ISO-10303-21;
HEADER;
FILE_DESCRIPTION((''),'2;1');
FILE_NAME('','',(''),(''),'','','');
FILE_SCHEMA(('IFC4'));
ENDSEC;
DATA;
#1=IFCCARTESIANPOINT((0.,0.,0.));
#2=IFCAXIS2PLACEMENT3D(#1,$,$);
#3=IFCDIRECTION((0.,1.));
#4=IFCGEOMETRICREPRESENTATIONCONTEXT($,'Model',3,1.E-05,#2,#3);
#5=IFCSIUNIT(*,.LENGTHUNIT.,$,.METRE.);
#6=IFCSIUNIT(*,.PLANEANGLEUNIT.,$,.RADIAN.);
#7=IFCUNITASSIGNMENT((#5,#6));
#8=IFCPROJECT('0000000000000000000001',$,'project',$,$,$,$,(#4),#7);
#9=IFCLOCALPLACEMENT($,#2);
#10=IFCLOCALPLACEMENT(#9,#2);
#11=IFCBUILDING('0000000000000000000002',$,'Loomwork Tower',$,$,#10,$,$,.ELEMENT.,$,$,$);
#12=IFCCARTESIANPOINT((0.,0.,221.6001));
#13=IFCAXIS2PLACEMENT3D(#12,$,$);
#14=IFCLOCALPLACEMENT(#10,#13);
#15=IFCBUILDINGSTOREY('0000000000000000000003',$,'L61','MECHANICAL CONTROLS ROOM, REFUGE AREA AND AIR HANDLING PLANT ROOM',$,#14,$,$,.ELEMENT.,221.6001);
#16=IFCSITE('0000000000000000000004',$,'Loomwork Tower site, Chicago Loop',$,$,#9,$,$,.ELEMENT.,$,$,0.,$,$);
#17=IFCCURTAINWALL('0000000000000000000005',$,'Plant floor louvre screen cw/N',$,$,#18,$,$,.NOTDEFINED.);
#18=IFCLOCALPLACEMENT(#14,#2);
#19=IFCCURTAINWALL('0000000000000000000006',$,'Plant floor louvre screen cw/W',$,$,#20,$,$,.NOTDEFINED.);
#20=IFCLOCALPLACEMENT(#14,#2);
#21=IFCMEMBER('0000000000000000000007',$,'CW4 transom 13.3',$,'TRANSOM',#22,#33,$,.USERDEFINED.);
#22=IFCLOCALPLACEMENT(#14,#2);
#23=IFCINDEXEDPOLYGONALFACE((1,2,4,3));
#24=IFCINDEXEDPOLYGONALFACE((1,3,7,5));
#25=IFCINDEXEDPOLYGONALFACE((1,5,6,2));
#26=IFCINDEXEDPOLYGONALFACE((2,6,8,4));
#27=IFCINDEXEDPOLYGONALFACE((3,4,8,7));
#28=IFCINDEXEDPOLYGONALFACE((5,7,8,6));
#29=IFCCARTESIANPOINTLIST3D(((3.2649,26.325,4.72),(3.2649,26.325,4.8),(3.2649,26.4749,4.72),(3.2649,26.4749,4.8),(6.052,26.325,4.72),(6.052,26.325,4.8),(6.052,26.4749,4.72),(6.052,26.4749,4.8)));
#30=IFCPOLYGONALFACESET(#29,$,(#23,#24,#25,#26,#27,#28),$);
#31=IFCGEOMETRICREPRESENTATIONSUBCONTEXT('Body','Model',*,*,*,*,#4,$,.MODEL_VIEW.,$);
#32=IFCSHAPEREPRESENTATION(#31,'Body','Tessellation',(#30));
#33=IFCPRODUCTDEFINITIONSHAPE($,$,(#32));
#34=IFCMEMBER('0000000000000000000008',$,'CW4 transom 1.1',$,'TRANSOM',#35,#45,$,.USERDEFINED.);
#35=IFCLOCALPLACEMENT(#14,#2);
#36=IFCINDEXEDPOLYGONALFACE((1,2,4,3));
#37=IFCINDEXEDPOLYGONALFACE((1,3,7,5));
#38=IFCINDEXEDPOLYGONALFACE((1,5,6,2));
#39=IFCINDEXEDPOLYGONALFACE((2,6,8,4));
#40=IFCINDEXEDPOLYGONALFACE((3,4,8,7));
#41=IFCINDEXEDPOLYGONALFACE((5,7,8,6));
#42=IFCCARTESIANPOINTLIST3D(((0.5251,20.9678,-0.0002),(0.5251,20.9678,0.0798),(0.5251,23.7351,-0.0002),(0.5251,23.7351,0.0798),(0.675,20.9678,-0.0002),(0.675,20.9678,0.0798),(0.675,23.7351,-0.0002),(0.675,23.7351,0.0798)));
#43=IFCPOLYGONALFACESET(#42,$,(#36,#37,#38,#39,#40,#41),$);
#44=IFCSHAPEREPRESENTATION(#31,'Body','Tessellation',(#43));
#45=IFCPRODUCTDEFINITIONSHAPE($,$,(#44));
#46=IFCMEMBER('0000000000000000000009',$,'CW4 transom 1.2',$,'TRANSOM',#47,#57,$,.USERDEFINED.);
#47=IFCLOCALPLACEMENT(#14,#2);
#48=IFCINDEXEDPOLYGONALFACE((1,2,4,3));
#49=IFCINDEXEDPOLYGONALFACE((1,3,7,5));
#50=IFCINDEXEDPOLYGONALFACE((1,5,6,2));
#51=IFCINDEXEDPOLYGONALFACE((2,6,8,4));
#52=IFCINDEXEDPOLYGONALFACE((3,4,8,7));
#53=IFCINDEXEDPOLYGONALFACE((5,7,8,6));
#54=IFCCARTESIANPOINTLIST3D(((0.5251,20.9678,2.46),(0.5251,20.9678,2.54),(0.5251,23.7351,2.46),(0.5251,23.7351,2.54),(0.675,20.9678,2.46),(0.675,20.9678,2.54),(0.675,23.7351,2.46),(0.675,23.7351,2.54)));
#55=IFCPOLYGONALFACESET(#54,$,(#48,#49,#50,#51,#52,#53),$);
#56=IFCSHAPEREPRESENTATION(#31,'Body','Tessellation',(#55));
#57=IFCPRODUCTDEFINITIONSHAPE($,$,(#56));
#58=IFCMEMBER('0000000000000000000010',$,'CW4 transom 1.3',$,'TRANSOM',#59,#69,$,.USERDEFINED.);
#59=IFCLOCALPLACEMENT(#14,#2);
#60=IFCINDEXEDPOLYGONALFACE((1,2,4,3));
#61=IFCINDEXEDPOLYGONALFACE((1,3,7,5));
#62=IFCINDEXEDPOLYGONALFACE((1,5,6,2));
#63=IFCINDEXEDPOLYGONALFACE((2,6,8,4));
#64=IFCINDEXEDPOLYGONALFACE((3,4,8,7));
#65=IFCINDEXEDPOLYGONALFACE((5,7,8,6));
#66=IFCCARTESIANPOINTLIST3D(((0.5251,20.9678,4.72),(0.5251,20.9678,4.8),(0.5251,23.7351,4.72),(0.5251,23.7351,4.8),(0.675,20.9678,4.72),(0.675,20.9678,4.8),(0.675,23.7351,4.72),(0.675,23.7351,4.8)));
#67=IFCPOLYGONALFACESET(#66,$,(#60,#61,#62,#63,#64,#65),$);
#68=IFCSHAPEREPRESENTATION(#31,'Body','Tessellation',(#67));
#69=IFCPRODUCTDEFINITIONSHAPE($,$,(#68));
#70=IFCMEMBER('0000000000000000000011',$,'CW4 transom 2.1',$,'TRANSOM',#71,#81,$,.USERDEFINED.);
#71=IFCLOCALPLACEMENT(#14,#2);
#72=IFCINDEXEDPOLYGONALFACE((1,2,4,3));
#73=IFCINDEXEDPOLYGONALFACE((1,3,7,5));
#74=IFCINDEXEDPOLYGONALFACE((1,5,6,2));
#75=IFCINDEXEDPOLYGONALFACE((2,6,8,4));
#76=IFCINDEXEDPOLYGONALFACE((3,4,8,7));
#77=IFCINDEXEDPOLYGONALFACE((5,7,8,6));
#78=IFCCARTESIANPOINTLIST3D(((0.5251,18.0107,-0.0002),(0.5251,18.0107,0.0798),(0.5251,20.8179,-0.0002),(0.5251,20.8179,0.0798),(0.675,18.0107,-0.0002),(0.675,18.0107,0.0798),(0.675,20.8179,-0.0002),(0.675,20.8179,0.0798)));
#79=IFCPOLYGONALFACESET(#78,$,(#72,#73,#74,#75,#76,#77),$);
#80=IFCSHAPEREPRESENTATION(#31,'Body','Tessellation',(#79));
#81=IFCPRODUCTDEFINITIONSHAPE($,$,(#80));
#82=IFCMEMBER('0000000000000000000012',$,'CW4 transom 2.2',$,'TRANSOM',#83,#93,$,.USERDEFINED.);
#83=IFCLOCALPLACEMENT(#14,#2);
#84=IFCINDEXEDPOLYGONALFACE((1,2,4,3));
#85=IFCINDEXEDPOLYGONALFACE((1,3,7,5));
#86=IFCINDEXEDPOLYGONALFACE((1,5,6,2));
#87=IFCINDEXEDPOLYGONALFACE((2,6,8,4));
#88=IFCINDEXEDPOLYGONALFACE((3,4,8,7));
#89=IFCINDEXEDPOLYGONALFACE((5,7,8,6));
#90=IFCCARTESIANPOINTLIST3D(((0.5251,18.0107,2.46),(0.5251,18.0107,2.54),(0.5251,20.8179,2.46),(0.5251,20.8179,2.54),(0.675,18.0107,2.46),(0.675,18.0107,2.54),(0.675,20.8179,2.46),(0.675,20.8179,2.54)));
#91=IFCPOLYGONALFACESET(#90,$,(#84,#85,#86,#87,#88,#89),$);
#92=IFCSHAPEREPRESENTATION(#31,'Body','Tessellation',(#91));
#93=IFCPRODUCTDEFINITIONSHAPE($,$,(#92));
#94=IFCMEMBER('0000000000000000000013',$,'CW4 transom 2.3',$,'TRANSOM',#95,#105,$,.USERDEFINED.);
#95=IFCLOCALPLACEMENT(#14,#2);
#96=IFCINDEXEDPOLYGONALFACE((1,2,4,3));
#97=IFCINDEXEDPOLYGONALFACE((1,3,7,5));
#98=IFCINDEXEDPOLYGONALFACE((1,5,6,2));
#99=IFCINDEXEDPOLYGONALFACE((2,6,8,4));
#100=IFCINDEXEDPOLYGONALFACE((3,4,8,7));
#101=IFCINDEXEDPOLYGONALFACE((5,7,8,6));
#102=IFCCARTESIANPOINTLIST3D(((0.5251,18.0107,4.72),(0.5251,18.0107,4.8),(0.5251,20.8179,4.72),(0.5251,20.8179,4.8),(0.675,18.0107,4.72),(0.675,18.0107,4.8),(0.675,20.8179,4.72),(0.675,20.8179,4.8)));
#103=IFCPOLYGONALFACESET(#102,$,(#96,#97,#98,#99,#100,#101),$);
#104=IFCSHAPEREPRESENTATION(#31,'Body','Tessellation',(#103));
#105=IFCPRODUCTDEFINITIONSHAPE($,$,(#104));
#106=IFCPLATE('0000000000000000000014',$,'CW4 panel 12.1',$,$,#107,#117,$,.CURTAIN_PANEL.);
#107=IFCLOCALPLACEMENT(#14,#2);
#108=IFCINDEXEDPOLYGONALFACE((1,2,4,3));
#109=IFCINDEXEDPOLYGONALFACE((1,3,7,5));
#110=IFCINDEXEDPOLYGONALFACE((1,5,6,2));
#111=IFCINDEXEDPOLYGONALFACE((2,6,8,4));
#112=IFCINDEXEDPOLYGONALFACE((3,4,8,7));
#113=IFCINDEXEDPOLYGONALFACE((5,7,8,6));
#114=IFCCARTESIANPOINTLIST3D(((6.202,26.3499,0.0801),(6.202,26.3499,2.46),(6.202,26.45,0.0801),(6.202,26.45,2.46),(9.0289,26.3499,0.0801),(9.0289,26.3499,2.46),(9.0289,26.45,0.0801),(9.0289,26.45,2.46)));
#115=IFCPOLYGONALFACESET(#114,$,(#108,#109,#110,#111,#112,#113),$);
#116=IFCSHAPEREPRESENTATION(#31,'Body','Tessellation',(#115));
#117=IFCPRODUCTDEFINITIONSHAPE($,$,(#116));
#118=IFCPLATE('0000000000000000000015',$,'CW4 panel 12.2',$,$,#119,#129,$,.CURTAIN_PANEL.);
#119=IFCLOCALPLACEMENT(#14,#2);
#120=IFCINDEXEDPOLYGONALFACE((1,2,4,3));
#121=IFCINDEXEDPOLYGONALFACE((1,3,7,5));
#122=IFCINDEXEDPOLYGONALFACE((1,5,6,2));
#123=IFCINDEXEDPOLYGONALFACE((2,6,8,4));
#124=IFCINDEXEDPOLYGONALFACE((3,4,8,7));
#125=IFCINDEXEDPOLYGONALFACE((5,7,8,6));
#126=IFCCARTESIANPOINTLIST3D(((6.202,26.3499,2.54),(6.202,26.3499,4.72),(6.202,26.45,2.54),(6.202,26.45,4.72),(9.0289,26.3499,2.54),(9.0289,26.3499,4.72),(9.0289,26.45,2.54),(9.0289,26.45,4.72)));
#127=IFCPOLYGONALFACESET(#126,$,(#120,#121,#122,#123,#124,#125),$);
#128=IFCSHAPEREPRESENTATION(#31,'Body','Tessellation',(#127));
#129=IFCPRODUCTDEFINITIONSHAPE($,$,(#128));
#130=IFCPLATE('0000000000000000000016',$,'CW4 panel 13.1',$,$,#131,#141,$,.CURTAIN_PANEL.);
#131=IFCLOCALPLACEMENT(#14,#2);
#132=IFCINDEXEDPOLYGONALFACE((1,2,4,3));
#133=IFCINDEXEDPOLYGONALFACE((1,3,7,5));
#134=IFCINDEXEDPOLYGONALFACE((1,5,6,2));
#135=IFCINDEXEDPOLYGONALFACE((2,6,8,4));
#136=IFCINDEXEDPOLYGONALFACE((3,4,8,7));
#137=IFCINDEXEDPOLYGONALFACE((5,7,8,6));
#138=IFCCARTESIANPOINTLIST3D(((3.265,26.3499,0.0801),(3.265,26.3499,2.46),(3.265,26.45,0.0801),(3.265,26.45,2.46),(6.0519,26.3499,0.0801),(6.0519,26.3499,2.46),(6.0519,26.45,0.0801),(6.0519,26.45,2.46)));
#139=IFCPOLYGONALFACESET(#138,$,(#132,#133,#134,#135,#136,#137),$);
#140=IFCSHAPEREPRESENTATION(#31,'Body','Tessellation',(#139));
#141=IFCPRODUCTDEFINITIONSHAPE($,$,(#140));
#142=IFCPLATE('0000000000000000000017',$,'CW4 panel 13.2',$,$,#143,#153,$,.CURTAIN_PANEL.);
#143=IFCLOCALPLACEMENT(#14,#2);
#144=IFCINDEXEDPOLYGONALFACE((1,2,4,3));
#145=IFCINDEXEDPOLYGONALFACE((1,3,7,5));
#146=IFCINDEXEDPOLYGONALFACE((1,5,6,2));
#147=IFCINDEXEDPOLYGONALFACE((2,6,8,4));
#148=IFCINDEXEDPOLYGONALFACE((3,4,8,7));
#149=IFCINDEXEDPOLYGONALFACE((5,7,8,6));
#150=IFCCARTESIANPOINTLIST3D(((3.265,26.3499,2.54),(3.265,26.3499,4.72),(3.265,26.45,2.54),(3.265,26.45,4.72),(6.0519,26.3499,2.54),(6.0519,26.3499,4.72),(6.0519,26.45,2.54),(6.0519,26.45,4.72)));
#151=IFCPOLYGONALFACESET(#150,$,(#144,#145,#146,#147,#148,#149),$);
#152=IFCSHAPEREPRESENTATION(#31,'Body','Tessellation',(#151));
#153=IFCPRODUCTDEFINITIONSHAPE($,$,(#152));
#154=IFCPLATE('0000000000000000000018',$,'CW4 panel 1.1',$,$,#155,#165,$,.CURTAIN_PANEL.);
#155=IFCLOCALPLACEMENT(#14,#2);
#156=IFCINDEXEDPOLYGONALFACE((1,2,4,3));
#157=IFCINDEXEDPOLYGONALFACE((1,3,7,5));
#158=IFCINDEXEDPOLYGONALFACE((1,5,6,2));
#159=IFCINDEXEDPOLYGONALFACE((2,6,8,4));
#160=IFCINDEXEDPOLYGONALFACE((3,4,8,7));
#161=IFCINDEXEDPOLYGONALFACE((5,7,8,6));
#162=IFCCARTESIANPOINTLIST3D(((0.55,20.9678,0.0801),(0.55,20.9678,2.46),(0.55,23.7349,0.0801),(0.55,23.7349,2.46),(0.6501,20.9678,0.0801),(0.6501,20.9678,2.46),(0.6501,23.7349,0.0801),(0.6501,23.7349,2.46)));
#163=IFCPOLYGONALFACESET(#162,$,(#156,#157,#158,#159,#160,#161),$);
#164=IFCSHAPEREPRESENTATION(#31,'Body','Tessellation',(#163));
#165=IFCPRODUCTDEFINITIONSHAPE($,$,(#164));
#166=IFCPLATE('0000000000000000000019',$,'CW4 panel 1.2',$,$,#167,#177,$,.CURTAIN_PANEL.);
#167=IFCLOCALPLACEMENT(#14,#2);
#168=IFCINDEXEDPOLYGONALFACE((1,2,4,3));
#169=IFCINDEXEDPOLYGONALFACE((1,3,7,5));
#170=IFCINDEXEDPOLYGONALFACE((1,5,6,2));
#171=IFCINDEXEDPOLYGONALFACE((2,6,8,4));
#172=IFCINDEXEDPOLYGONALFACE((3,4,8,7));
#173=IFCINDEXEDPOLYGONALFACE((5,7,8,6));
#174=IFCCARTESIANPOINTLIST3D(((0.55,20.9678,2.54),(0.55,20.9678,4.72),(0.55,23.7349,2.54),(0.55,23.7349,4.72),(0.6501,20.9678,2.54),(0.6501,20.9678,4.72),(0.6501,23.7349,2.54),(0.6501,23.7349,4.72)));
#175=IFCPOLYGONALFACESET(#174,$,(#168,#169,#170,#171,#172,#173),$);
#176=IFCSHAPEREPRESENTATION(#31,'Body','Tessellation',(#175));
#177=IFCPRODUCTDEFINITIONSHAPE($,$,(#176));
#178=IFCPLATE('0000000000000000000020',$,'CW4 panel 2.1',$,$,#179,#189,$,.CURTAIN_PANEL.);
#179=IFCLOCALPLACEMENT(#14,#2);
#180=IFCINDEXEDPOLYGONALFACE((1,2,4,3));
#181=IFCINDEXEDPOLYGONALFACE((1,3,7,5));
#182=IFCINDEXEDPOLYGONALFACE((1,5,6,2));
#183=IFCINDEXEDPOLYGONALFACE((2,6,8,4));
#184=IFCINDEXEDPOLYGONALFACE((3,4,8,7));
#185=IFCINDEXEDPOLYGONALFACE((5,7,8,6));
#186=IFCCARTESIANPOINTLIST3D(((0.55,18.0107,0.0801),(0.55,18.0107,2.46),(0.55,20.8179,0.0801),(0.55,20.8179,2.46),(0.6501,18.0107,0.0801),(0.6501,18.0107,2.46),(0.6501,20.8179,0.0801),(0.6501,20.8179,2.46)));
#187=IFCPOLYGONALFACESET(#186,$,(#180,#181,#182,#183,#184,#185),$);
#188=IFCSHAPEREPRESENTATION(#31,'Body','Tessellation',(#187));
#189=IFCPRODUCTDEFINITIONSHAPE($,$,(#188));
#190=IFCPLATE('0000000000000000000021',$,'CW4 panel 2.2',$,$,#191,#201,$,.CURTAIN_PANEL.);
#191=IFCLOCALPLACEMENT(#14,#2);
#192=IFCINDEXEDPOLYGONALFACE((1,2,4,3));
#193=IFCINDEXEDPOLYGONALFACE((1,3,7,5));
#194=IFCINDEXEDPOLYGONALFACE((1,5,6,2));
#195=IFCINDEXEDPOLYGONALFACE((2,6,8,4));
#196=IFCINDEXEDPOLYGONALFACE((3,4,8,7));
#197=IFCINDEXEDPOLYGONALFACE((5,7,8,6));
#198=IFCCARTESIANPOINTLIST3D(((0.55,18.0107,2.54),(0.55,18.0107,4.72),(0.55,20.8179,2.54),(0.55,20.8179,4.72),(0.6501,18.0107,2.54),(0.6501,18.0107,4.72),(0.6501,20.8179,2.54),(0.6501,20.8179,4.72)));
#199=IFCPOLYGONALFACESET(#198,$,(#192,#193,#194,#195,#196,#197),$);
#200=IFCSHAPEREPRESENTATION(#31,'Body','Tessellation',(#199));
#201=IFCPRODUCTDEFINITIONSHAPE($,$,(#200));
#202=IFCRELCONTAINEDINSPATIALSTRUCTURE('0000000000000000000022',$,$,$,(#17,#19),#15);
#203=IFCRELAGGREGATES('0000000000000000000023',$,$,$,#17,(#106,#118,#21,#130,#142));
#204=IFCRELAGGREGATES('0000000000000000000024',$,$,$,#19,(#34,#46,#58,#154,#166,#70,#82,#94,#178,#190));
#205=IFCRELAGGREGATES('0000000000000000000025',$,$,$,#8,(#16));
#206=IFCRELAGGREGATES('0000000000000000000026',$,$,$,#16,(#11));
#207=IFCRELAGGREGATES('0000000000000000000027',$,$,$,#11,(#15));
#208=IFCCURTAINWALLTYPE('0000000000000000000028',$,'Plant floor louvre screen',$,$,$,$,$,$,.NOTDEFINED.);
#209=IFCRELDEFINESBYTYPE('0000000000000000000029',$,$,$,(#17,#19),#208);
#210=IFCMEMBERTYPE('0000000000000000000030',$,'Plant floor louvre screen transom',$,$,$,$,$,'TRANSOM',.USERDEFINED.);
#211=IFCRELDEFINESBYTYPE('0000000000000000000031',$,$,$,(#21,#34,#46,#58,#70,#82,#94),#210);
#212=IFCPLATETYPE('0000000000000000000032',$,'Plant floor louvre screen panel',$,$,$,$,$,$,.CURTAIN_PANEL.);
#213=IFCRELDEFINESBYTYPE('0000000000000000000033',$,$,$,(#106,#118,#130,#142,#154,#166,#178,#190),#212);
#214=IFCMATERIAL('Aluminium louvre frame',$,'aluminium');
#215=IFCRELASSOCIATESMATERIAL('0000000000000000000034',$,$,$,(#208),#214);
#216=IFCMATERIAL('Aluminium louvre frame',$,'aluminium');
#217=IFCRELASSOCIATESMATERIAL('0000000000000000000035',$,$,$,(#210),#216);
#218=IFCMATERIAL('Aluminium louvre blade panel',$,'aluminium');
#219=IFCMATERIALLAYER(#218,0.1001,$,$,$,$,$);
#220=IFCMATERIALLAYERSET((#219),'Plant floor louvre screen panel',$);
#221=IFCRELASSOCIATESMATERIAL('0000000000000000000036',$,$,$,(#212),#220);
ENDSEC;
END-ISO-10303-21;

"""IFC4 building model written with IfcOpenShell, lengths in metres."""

from ifc_helpers import new_model, si_unit, direction, frame, origin, origin_2d, place, context, subcontext, project, spatial, rectangle, extrude, material, layer, layer_set, material_profile, profile_set, type_object, element, aggregate, save


model = new_model("IFC4")

# Units and contexts
model_context = context("Model", 3, precision=1e-05, world=origin(), true_north=direction((0.0, 1.0)))
body_context = subcontext(model_context, "Body", "Model", "MODEL_VIEW")
ifc_project = project(units=[si_unit("LENGTHUNIT", "METRE"), si_unit("PLANEANGLEUNIT", "RADIAN")], contexts=[model_context])

# Site, building, storey
site_placement = place(None, origin())
site = spatial("IfcSite", under=ifc_project, at=site_placement, Name="Loomwork Tower site, Chicago Loop", CompositionType="ELEMENT", RefElevation=0.0)
building_placement = place(site_placement, origin())
building = spatial("IfcBuilding", under=site, at=building_placement, Name="Loomwork Tower", CompositionType="ELEMENT")
storey_placement = place(building_placement, frame((0.0, 0.0, 221.6001)))
storey = spatial("IfcBuildingStorey", under=building, at=storey_placement, Name="L61", Description="MECHANICAL CONTROLS ROOM, REFUGE AREA AND AIR HANDLING PLANT ROOM", CompositionType="ELEMENT", Elevation=221.6001)

# Curtain walls
ifc_material_1 = material(Name="Aluminium louvre frame", Category="aluminium")
curtain_wall_type = type_object("IfcCurtainWallType", Name="Plant floor louvre screen", PredefinedType="NOTDEFINED", material=ifc_material_1)
curtain_wall_1_placement = place(storey_placement, origin())
curtain_wall_1 = element("IfcCurtainWall", 1, at=curtain_wall_1_placement, inside=storey, type_object=curtain_wall_type, Name="Plant floor louvre screen cw/N", PredefinedType="NOTDEFINED")
curtain_wall_2_placement = place(storey_placement, origin())
curtain_wall_2 = element("IfcCurtainWall", 2, at=curtain_wall_2_placement, inside=storey, type_object=curtain_wall_type, Name="Plant floor louvre screen cw/W", PredefinedType="NOTDEFINED")

# Members
ifc_material_2 = material(Name="Aluminium louvre frame", Category="aluminium")
ifc_material_profile_1 = material_profile(ifc_material_2, rectangle(XDim=0.1499, YDim=0.0801, at=origin_2d()), Name="AL 80x150")
ifc_profile_set_1 = profile_set([ifc_material_profile_1], Name="Aluminium louvre frame")
member_type_1 = type_object("IfcMemberType", Name="Plant floor louvre screen transom", ElementType="TRANSOM", PredefinedType="USERDEFINED", material=ifc_profile_set_1)
member_1_placement = place(storey_placement, frame((6.052, 26.3999, 4.76), z_axis=(-1.0, 0.0, 0.0), x_axis=(0.0, -1.0, 0.0)))
member_1 = element("IfcMember", 3, at=member_1_placement, type_object=member_type_1, Name="CW4 transom 13.3", ObjectType="TRANSOM", PredefinedType="USERDEFINED", context=body_context, shape_type="SweptSolid", body=[
    extrude(rectangle(XDim=0.1499, YDim=0.0801, at=origin_2d()), origin(), (0.0, 0.0, 1.0), 2.7871),
])
member_2_placement = place(storey_placement, frame((0.6001, 23.7351, 0.0398), z_axis=(0.0, -1.0, 0.0), x_axis=(1.0, 0.0, 0.0)))
member_2 = element("IfcMember", 4, at=member_2_placement, type_object=member_type_1, Name="CW4 transom 1.1", ObjectType="TRANSOM", PredefinedType="USERDEFINED", context=body_context, shape_type="SweptSolid", body=[
    extrude(rectangle(XDim=0.1499, YDim=0.0801, at=origin_2d()), origin(), (0.0, 0.0, 1.0), 2.7673),
])
member_3_placement = place(storey_placement, frame((0.6001, 23.7351, 2.5), z_axis=(0.0, -1.0, 0.0), x_axis=(1.0, 0.0, 0.0)))
member_3 = element("IfcMember", 5, at=member_3_placement, type_object=member_type_1, Name="CW4 transom 1.2", ObjectType="TRANSOM", PredefinedType="USERDEFINED", context=body_context, shape_type="SweptSolid", body=[
    extrude(rectangle(XDim=0.1499, YDim=0.0801, at=origin_2d()), origin(), (0.0, 0.0, 1.0), 2.7673),
])
member_4_placement = place(storey_placement, frame((0.6001, 23.7351, 4.76), z_axis=(0.0, -1.0, 0.0), x_axis=(1.0, 0.0, 0.0)))
member_4 = element("IfcMember", 6, at=member_4_placement, type_object=member_type_1, Name="CW4 transom 1.3", ObjectType="TRANSOM", PredefinedType="USERDEFINED", context=body_context, shape_type="SweptSolid", body=[
    extrude(rectangle(XDim=0.1499, YDim=0.0801, at=origin_2d()), origin(), (0.0, 0.0, 1.0), 2.7673),
])
member_5_placement = place(storey_placement, frame((0.6001, 20.8179, 0.0398), z_axis=(0.0, -1.0, 0.0), x_axis=(1.0, 0.0, 0.0)))
member_5 = element("IfcMember", 7, at=member_5_placement, type_object=member_type_1, Name="CW4 transom 2.1", ObjectType="TRANSOM", PredefinedType="USERDEFINED", context=body_context, shape_type="SweptSolid", body=[
    extrude(rectangle(XDim=0.1499, YDim=0.0801, at=origin_2d()), origin(), (0.0, 0.0, 1.0), 2.8071),
])
member_6_placement = place(storey_placement, frame((0.6001, 20.8179, 2.5), z_axis=(0.0, -1.0, 0.0), x_axis=(1.0, 0.0, 0.0)))
member_6 = element("IfcMember", 8, at=member_6_placement, type_object=member_type_1, Name="CW4 transom 2.2", ObjectType="TRANSOM", PredefinedType="USERDEFINED", context=body_context, shape_type="SweptSolid", body=[
    extrude(rectangle(XDim=0.1499, YDim=0.0801, at=origin_2d()), origin(), (0.0, 0.0, 1.0), 2.8071),
])
member_7_placement = place(storey_placement, frame((0.6001, 20.8179, 4.76), z_axis=(0.0, -1.0, 0.0), x_axis=(1.0, 0.0, 0.0)))
member_7 = element("IfcMember", 9, at=member_7_placement, type_object=member_type_1, Name="CW4 transom 2.3", ObjectType="TRANSOM", PredefinedType="USERDEFINED", context=body_context, shape_type="SweptSolid", body=[
    extrude(rectangle(XDim=0.1499, YDim=0.0801, at=origin_2d()), origin(), (0.0, 0.0, 1.0), 2.8071),
])

# Plates
ifc_material_3 = material(Name="Aluminium louvre blade panel", Category="aluminium")
ifc_layer_1 = layer(ifc_material_3, 0.1001)
ifc_layer_set_1 = layer_set([ifc_layer_1], Name="Plant floor louvre screen panel")
plate_type_1 = type_object("IfcPlateType", Name="Plant floor louvre screen panel", PredefinedType="CURTAIN_PANEL", material=ifc_layer_set_1)
plate_1_placement = place(storey_placement, frame((7.6155, 26.3999, 0.0801), z_axis=(0.0, 0.0, 1.0), x_axis=(-1.0, 0.0, 0.0)))
plate_1 = element("IfcPlate", 10, at=plate_1_placement, type_object=plate_type_1, Name="CW4 panel 12.1", PredefinedType="CURTAIN_PANEL", context=body_context, shape_type="SweptSolid", body=[
    extrude(rectangle(XDim=2.8269, YDim=0.1001, at=origin_2d()), origin(), (0.0, 0.0, 1.0), 2.3799),
])
plate_2_placement = place(storey_placement, frame((7.6155, 26.3999, 2.54), z_axis=(0.0, 0.0, 1.0), x_axis=(-1.0, 0.0, 0.0)))
plate_2 = element("IfcPlate", 11, at=plate_2_placement, type_object=plate_type_1, Name="CW4 panel 12.2", PredefinedType="CURTAIN_PANEL", context=body_context, shape_type="SweptSolid", body=[
    extrude(rectangle(XDim=2.8269, YDim=0.1001, at=origin_2d()), origin(), (0.0, 0.0, 1.0), 2.1799),
])
plate_3_placement = place(storey_placement, frame((4.6584, 26.3999, 0.0801), z_axis=(0.0, 0.0, 1.0), x_axis=(-1.0, 0.0, 0.0)))
plate_3 = element("IfcPlate", 12, at=plate_3_placement, type_object=plate_type_1, Name="CW4 panel 13.1", PredefinedType="CURTAIN_PANEL", context=body_context, shape_type="SweptSolid", body=[
    extrude(rectangle(XDim=2.7869, YDim=0.1001, at=origin_2d()), origin(), (0.0, 0.0, 1.0), 2.3799),
])
plate_4_placement = place(storey_placement, frame((4.6584, 26.3999, 2.54), z_axis=(0.0, 0.0, 1.0), x_axis=(-1.0, 0.0, 0.0)))
plate_4 = element("IfcPlate", 13, at=plate_4_placement, type_object=plate_type_1, Name="CW4 panel 13.2", PredefinedType="CURTAIN_PANEL", context=body_context, shape_type="SweptSolid", body=[
    extrude(rectangle(XDim=2.7869, YDim=0.1001, at=origin_2d()), origin(), (0.0, 0.0, 1.0), 2.1799),
])
aggregate(curtain_wall_1, [plate_1, plate_2, member_1, plate_3, plate_4])
plate_5_placement = place(storey_placement, frame((0.6001, 22.3513, 0.0801), z_axis=(0.0, 0.0, 1.0), x_axis=(0.0, -1.0, 0.0)))
plate_5 = element("IfcPlate", 14, at=plate_5_placement, type_object=plate_type_1, Name="CW4 panel 1.1", PredefinedType="CURTAIN_PANEL", context=body_context, shape_type="SweptSolid", body=[
    extrude(rectangle(XDim=2.7671, YDim=0.1001, at=origin_2d()), origin(), (0.0, 0.0, 1.0), 2.3799),
])
plate_6_placement = place(storey_placement, frame((0.6001, 22.3513, 2.54), z_axis=(0.0, 0.0, 1.0), x_axis=(0.0, -1.0, 0.0)))
plate_6 = element("IfcPlate", 15, at=plate_6_placement, type_object=plate_type_1, Name="CW4 panel 1.2", PredefinedType="CURTAIN_PANEL", context=body_context, shape_type="SweptSolid", body=[
    extrude(rectangle(XDim=2.7671, YDim=0.1001, at=origin_2d()), origin(), (0.0, 0.0, 1.0), 2.1799),
])
plate_7_placement = place(storey_placement, frame((0.6001, 19.4143, 0.0801), z_axis=(0.0, 0.0, 1.0), x_axis=(0.0, -1.0, 0.0)))
plate_7 = element("IfcPlate", 16, at=plate_7_placement, type_object=plate_type_1, Name="CW4 panel 2.1", PredefinedType="CURTAIN_PANEL", context=body_context, shape_type="SweptSolid", body=[
    extrude(rectangle(XDim=2.8071, YDim=0.1001, at=origin_2d()), origin(), (0.0, 0.0, 1.0), 2.3799),
])
plate_8_placement = place(storey_placement, frame((0.6001, 19.4143, 2.54), z_axis=(0.0, 0.0, 1.0), x_axis=(0.0, -1.0, 0.0)))
plate_8 = element("IfcPlate", 17, at=plate_8_placement, type_object=plate_type_1, Name="CW4 panel 2.2", PredefinedType="CURTAIN_PANEL", context=body_context, shape_type="SweptSolid", body=[
    extrude(rectangle(XDim=2.8071, YDim=0.1001, at=origin_2d()), origin(), (0.0, 0.0, 1.0), 2.1799),
])
aggregate(curtain_wall_2, [member_2, member_3, member_4, plate_5, plate_6, member_5, member_6, member_7, plate_7, plate_8])

save(model, "model.ifc")
